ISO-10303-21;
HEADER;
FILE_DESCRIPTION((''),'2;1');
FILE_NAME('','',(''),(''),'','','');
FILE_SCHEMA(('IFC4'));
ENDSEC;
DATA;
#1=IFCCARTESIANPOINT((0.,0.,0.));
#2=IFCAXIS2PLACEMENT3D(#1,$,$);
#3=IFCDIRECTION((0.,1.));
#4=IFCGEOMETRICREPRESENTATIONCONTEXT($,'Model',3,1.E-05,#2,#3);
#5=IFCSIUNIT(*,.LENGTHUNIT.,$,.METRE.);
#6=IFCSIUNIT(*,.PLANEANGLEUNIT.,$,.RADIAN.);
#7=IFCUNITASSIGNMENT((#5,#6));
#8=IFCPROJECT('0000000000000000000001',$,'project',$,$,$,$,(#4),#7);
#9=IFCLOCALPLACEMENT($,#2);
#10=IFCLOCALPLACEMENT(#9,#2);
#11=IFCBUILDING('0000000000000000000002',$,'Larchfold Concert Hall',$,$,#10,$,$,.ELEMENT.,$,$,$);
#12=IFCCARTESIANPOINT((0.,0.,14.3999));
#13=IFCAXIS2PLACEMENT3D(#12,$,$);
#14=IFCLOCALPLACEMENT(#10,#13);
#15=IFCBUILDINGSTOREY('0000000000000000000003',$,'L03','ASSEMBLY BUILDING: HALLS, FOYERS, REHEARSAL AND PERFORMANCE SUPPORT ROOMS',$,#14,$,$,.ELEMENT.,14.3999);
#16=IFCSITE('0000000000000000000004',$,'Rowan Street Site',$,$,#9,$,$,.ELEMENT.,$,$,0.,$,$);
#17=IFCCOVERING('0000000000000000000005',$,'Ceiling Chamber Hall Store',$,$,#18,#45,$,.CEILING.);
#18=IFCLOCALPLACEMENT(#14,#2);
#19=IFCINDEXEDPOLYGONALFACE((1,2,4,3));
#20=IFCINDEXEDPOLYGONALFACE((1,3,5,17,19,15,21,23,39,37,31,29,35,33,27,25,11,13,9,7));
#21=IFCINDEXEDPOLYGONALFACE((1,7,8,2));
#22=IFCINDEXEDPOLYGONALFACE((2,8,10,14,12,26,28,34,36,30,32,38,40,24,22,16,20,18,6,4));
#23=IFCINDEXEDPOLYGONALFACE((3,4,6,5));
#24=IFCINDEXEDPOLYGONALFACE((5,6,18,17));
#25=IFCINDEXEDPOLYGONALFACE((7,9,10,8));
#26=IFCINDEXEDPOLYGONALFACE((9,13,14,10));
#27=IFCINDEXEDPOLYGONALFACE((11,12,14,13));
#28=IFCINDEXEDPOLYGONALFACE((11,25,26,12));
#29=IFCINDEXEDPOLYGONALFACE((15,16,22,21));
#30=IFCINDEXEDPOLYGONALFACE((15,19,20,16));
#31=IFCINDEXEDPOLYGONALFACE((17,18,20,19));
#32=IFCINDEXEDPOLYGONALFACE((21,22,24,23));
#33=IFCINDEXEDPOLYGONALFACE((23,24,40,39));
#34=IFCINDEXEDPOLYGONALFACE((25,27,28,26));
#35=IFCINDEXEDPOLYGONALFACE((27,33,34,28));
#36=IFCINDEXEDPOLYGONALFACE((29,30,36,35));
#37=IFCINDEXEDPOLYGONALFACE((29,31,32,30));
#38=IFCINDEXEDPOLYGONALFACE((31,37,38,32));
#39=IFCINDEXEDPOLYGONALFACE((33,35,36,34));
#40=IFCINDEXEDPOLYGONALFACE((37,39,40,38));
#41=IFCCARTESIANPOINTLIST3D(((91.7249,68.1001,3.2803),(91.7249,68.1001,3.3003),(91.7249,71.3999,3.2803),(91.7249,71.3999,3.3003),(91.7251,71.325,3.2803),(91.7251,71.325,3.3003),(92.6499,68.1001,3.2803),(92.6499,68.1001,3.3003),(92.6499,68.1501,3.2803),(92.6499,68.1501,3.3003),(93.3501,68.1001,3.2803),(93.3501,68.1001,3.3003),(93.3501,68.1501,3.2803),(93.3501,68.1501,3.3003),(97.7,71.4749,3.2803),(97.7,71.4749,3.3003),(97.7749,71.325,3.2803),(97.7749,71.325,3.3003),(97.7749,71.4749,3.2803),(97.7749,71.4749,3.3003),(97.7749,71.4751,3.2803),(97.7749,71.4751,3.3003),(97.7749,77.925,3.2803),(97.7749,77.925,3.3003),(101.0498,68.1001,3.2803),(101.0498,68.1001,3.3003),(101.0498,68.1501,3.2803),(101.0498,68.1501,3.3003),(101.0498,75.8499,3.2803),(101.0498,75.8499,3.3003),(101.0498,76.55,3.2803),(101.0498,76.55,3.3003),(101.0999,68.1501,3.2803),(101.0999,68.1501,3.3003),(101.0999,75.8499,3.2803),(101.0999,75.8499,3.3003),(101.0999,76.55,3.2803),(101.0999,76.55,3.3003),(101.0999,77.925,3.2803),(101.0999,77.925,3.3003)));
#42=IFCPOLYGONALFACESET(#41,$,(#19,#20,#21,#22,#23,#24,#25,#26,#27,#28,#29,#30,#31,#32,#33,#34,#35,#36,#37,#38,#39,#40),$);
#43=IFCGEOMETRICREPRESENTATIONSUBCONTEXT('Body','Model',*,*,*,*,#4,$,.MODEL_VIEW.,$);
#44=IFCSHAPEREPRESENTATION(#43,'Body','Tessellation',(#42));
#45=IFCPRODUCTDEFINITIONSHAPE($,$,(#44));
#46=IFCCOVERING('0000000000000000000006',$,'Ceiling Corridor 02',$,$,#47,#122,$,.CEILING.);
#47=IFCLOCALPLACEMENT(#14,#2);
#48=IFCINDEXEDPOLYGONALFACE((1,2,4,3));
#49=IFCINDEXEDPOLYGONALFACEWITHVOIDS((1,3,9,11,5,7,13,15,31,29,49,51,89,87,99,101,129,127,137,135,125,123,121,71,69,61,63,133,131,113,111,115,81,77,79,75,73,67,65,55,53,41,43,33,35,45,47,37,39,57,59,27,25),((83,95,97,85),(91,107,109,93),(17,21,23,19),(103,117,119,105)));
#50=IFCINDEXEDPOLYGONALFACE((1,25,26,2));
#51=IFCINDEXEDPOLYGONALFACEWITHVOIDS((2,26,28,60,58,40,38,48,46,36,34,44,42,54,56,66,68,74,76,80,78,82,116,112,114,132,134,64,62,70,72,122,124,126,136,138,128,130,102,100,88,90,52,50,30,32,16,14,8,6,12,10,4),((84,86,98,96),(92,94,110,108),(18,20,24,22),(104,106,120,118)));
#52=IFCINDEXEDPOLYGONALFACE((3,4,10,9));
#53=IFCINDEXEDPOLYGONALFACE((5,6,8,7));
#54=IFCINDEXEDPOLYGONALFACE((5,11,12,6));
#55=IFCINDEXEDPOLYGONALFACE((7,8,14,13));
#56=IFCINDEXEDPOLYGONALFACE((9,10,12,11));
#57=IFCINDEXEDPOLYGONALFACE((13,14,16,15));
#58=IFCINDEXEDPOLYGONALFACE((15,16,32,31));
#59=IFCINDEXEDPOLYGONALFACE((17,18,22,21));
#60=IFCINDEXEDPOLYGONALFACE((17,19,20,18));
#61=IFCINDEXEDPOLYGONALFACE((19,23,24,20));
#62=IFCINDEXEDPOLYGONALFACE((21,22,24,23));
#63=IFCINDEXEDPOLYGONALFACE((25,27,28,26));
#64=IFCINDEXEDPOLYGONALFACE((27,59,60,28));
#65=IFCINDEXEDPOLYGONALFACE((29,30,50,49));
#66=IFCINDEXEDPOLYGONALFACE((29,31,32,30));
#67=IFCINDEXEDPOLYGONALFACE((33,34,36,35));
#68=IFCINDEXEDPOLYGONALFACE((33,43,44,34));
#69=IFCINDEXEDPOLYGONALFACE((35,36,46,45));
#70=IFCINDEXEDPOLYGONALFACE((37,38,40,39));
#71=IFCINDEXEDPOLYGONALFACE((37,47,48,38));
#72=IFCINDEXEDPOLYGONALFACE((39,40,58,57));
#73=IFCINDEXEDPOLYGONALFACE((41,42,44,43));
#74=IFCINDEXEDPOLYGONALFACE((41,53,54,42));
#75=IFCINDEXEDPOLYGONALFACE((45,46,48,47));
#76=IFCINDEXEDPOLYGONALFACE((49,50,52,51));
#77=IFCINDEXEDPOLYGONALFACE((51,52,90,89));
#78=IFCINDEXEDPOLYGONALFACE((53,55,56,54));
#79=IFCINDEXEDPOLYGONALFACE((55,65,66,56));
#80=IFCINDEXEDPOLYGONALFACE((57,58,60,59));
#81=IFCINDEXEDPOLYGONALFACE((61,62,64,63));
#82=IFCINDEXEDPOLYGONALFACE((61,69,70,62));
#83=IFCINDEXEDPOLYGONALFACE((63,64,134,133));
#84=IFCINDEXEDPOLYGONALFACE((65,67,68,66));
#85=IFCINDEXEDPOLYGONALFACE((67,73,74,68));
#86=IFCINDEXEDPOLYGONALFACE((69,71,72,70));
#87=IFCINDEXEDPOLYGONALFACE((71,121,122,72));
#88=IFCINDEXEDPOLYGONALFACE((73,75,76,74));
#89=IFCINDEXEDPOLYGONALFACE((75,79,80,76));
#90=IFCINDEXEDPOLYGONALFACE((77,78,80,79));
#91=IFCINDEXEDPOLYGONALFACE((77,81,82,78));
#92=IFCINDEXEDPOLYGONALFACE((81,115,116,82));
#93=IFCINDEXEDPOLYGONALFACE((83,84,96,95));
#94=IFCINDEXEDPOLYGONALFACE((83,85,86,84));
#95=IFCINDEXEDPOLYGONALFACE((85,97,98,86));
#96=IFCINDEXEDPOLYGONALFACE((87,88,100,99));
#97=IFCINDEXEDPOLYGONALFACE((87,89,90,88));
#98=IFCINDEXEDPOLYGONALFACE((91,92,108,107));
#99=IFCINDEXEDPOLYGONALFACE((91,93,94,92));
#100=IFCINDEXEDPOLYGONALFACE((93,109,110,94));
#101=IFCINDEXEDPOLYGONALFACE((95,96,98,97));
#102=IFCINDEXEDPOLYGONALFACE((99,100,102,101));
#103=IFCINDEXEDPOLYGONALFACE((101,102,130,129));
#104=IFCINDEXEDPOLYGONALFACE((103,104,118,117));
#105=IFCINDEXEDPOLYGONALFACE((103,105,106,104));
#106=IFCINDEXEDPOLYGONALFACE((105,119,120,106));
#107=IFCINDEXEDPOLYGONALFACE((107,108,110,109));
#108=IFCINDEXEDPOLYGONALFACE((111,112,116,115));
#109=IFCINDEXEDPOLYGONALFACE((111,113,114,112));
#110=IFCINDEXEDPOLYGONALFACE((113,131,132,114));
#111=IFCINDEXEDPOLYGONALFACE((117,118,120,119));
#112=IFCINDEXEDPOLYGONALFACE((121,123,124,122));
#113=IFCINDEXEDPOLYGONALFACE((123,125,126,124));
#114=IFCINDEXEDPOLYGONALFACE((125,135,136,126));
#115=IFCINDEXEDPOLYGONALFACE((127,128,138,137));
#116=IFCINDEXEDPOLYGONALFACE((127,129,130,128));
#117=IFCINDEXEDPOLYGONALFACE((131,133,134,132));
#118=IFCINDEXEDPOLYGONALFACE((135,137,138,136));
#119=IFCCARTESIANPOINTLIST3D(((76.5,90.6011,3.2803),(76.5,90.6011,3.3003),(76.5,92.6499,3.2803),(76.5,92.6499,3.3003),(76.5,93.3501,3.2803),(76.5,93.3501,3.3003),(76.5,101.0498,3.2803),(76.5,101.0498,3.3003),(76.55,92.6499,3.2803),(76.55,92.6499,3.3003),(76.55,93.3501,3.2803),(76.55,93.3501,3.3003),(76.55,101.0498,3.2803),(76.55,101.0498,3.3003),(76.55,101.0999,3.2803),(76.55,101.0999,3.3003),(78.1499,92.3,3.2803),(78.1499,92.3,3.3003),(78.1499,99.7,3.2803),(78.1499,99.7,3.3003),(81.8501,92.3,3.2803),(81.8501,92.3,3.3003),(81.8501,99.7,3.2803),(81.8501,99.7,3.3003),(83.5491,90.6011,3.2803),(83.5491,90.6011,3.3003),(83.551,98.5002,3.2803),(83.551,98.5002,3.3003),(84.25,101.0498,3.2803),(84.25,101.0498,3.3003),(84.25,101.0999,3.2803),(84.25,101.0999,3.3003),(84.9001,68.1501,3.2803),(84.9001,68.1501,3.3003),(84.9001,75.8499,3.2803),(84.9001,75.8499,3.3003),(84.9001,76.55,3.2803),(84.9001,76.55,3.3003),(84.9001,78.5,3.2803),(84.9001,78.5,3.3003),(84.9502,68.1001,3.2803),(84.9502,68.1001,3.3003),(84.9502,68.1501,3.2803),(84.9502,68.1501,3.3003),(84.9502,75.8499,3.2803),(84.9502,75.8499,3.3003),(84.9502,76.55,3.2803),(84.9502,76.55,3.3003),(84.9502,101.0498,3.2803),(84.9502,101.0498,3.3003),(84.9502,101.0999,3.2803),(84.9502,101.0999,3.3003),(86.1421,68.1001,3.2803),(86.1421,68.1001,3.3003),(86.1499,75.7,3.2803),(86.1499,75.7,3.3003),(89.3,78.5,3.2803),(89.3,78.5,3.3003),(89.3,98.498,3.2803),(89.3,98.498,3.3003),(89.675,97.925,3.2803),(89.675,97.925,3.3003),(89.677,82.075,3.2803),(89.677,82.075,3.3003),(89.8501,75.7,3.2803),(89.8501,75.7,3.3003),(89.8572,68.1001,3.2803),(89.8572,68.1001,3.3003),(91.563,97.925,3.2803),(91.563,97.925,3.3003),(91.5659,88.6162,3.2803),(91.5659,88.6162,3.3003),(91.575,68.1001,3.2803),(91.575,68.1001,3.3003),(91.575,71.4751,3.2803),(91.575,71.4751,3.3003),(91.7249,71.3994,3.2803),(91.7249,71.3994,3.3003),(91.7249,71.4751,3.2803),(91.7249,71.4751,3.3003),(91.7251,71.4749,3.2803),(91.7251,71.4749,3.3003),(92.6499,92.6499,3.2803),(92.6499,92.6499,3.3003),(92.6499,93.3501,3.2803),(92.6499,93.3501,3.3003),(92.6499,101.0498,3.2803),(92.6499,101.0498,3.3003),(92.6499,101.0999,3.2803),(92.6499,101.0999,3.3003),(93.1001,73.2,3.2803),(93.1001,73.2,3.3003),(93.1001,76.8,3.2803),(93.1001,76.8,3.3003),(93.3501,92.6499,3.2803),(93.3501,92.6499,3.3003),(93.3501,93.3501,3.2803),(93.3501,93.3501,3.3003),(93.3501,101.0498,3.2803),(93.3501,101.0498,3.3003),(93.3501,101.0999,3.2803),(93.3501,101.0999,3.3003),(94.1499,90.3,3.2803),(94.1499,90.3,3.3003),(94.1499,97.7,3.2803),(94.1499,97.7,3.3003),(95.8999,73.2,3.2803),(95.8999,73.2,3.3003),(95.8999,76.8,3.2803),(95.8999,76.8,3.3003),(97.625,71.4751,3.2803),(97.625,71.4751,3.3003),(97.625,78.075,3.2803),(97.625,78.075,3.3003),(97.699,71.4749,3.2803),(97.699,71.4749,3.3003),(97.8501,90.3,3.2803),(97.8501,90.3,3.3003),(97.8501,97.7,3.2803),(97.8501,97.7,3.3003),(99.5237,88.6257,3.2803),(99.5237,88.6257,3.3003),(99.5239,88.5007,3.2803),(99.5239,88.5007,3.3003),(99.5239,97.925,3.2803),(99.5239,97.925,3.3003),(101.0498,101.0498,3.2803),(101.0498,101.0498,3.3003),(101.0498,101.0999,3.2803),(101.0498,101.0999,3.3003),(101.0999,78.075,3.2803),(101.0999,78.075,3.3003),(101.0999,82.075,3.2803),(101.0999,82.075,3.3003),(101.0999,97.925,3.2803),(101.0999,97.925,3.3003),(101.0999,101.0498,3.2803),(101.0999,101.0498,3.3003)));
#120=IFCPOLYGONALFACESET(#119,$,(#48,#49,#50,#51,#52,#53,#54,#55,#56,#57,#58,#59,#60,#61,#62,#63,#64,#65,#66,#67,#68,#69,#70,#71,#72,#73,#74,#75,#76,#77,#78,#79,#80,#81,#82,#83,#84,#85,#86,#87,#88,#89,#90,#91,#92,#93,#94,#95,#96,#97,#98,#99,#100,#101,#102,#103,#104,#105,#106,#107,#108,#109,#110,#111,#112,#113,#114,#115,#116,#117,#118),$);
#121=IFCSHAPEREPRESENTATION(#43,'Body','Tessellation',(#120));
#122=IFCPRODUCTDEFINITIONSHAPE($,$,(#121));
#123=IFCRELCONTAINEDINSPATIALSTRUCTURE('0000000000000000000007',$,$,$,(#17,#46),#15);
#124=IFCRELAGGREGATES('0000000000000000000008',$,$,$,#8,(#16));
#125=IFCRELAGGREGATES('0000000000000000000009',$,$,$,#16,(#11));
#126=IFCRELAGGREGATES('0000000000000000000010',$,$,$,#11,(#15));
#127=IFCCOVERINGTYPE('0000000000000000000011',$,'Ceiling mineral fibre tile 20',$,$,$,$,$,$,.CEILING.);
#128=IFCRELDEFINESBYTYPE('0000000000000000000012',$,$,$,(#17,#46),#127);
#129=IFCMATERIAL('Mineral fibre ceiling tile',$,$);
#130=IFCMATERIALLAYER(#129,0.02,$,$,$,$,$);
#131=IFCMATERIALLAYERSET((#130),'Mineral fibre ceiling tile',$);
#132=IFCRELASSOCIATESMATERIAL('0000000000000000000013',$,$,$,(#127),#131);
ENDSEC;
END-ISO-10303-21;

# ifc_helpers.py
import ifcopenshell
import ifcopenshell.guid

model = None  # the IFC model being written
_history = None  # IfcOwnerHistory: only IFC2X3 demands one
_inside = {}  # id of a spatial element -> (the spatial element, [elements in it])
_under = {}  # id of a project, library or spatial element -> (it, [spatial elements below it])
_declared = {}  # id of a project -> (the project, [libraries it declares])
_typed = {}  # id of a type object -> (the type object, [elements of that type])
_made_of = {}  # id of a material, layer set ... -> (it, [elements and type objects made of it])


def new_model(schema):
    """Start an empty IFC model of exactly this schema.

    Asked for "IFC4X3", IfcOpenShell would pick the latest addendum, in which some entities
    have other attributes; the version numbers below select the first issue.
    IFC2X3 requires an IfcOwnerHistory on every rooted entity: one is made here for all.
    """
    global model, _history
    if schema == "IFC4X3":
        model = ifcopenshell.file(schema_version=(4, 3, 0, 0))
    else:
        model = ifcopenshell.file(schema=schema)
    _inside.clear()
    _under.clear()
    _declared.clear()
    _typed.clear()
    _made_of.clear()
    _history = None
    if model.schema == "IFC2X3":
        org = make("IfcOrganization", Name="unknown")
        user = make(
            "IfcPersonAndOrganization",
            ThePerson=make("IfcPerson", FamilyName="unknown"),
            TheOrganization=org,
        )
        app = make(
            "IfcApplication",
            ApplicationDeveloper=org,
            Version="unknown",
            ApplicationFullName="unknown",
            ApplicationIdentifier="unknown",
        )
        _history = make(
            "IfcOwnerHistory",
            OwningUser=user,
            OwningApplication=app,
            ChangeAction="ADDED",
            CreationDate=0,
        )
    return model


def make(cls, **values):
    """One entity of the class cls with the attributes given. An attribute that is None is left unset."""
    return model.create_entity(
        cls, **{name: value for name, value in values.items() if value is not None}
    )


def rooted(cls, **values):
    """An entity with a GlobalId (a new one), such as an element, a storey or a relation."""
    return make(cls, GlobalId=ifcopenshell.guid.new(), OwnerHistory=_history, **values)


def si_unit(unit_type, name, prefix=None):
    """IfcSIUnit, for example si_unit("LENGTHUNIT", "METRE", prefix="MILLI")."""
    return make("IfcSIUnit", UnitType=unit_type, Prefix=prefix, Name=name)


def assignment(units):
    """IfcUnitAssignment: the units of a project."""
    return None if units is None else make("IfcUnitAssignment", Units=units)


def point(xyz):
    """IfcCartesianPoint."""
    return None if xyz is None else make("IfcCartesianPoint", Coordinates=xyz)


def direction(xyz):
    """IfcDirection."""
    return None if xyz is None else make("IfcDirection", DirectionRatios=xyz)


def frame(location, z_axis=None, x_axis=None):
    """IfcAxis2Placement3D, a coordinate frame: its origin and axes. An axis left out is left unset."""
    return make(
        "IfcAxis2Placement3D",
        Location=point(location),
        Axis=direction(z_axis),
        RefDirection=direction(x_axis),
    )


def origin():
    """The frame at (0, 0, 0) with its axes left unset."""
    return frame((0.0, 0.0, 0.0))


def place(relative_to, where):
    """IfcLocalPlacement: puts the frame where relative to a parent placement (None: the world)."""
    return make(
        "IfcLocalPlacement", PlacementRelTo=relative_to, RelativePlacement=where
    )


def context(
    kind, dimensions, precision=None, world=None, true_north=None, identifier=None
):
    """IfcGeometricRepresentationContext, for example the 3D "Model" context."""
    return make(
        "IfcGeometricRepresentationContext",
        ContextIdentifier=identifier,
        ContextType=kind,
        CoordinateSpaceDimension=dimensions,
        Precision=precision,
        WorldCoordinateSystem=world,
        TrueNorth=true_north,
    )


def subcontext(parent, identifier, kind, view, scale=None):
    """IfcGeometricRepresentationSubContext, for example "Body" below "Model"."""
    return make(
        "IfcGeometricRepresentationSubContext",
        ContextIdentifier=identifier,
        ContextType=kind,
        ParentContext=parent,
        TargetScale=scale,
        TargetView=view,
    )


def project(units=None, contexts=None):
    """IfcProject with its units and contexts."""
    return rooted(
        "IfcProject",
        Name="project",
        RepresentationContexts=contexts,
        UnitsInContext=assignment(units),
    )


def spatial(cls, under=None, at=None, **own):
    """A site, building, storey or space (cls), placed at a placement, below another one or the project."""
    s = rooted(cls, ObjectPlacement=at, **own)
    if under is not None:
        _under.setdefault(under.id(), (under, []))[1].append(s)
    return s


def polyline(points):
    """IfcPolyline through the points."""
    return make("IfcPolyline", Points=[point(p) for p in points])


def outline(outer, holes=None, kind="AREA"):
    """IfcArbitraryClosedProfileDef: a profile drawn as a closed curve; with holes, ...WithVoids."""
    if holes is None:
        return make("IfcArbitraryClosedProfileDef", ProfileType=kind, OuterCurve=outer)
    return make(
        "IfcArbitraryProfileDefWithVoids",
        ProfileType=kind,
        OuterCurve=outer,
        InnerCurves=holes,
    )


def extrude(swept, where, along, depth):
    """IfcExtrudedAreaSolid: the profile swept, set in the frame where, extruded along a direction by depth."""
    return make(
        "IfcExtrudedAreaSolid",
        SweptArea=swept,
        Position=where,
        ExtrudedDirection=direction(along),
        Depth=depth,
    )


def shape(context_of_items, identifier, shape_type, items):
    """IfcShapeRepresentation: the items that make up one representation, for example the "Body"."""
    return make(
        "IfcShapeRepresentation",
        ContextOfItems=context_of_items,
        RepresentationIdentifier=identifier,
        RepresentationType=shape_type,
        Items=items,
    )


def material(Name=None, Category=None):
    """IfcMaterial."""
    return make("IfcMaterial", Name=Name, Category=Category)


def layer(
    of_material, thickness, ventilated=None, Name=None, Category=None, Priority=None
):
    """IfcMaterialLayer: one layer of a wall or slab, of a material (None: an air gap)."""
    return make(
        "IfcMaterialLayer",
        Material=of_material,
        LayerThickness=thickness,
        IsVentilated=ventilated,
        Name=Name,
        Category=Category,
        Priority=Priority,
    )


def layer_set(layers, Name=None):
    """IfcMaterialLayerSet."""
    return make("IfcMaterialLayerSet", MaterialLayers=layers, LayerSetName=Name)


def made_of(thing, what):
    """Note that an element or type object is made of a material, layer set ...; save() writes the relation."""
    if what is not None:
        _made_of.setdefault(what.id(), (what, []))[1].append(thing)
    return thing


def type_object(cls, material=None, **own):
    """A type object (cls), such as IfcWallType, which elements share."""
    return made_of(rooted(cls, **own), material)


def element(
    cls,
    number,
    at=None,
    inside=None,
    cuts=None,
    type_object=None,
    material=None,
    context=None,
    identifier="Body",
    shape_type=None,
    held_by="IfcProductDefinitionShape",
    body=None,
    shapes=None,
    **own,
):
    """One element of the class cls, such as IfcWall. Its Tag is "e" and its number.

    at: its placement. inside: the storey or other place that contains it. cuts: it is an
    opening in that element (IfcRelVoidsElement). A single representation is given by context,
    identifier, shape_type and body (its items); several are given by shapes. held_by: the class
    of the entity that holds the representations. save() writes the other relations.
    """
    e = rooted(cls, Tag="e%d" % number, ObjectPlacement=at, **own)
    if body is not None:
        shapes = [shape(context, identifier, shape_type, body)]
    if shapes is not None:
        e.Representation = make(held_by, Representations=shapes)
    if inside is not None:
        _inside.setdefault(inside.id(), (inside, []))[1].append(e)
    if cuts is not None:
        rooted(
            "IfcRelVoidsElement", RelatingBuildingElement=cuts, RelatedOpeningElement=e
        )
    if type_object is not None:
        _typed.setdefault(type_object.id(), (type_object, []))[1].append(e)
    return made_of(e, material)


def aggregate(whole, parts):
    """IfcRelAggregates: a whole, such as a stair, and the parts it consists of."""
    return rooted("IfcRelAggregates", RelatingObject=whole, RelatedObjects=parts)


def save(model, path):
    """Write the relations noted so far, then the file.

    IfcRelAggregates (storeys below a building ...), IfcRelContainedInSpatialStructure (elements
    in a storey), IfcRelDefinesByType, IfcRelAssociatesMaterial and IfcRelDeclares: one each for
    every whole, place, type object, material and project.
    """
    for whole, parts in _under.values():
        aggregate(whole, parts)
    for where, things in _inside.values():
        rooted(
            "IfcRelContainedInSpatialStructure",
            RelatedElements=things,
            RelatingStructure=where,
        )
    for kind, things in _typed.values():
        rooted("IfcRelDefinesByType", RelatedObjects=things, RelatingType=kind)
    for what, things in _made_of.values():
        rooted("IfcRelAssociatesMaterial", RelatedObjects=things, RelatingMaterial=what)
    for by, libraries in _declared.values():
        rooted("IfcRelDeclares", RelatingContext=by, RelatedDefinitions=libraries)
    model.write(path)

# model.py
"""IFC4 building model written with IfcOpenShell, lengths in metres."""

from ifc_helpers import new_model, si_unit, direction, frame, origin, place, context, subcontext, project, spatial, polyline, outline, extrude, material, layer, layer_set, type_object, element, save


model = new_model("IFC4")

# Units and contexts
model_context = context("Model", 3, precision=1e-05, world=origin(), true_north=direction((0.0, 1.0)))
body_context = subcontext(model_context, "Body", "Model", "MODEL_VIEW")
ifc_project = project(units=[si_unit("LENGTHUNIT", "METRE"), si_unit("PLANEANGLEUNIT", "RADIAN")], contexts=[model_context])

# Site, building, storey
site_placement = place(None, origin())
site = spatial("IfcSite", under=ifc_project, at=site_placement, Name="Rowan Street Site", CompositionType="ELEMENT", RefElevation=0.0)
building_placement = place(site_placement, origin())
building = spatial("IfcBuilding", under=site, at=building_placement, Name="Larchfold Concert Hall", CompositionType="ELEMENT")
storey_placement = place(building_placement, frame((0.0, 0.0, 14.3999)))
storey = spatial("IfcBuildingStorey", under=building, at=storey_placement, Name="L03", Description="ASSEMBLY BUILDING: HALLS, FOYERS, REHEARSAL AND PERFORMANCE SUPPORT ROOMS", CompositionType="ELEMENT", Elevation=14.3999)

# Coverings
ifc_material_1 = material(Name="Mineral fibre ceiling tile")
ifc_layer_1 = layer(ifc_material_1, 0.02)
ifc_layer_set_1 = layer_set([ifc_layer_1], Name="Mineral fibre ceiling tile")
covering_type_1 = type_object("IfcCoveringType", Name="Ceiling mineral fibre tile 20", PredefinedType="CEILING", material=ifc_layer_set_1)
covering_1_placement = place(storey_placement, frame((0.0, 0.0, 3.2803)))
element("IfcCovering", 1, at=covering_1_placement, inside=storey, type_object=covering_type_1, Name="Ceiling Chamber Hall Store", PredefinedType="CEILING", context=body_context, shape_type="SweptSolid", body=[
    extrude(outline(polyline([(101.0999, 76.55), (101.0999, 77.925), (97.7749, 77.925), (97.7749, 71.4751), (97.7, 71.4749), (97.7749, 71.4749), (97.7749, 71.325), (91.7251, 71.325), (91.7249, 71.3999), (91.7249, 68.1001), (92.6499, 68.1001), (92.6499, 68.1501), (93.3501, 68.1501), (93.3501, 68.1001), (101.0498, 68.1001), (101.0498, 68.1501), (101.0999, 68.1501), (101.0999, 75.8499), (101.0498, 75.8499), (101.0498, 76.55), (101.0999, 76.55)])), origin(), (0.0, 0.0, 1.0), 0.02),
])
covering_2_placement = place(storey_placement, frame((0.0, 0.0, 3.2803)))
element("IfcCovering", 2, at=covering_2_placement, inside=storey, type_object=covering_type_1, Name="Ceiling Corridor 02", PredefinedType="CEILING", context=body_context, shape_type="SweptSolid", body=[
    extrude(outline(polyline([(83.551, 98.5002), (89.3, 98.498), (89.3, 78.5), (84.9001, 78.5), (84.9001, 76.55), (84.9502, 76.55), (84.9502, 75.8499), (84.9001, 75.8499), (84.9001, 68.1501), (84.9502, 68.1501), (84.9502, 68.1001), (86.1421, 68.1001), (86.1499, 75.7), (89.8501, 75.7), (89.8572, 68.1001), (91.575, 68.1001), (91.575, 71.4751), (91.7249, 71.4751), (91.7249, 71.3994), (91.7251, 71.4749), (97.699, 71.4749), (97.625, 71.4751), (97.625, 78.075), (101.0999, 78.075), (101.0999, 82.075), (89.677, 82.075), (89.675, 97.925), (91.563, 97.925), (91.5659, 88.6162), (99.5237, 88.6257), (99.5239, 88.5007), (99.5239, 97.925), (101.0999, 97.925), (101.0999, 101.0498), (101.0498, 101.0498), (101.0498, 101.0999), (93.3501, 101.0999), (93.3501, 101.0498), (92.6499, 101.0498), (92.6499, 101.0999), (84.9502, 101.0999), (84.9502, 101.0498), (84.25, 101.0498), (84.25, 101.0999), (76.55, 101.0999), (76.55, 101.0498), (76.5, 101.0498), (76.5, 93.3501), (76.55, 93.3501), (76.55, 92.6499), (76.5, 92.6499), (76.5, 90.6011), (83.5491, 90.6011), (83.551, 98.5002)]), holes=[polyline([(94.1499, 97.7), (97.8501, 97.7), (97.8501, 90.3), (94.1499, 90.3), (94.1499, 97.7)]), polyline([(93.1001, 73.2), (93.1001, 76.8), (95.8999, 76.8), (95.8999, 73.2), (93.1001, 73.2)]), polyline([(93.3501, 93.3501), (93.3501, 92.6499), (92.6499, 92.6499), (92.6499, 93.3501), (93.3501, 93.3501)]), polyline([(78.1499, 99.7), (81.8501, 99.7), (81.8501, 92.3), (78.1499, 92.3), (78.1499, 99.7)])]), origin(), (0.0, 0.0, 1.0), 0.02),
])

save(model, "model.ifc")
